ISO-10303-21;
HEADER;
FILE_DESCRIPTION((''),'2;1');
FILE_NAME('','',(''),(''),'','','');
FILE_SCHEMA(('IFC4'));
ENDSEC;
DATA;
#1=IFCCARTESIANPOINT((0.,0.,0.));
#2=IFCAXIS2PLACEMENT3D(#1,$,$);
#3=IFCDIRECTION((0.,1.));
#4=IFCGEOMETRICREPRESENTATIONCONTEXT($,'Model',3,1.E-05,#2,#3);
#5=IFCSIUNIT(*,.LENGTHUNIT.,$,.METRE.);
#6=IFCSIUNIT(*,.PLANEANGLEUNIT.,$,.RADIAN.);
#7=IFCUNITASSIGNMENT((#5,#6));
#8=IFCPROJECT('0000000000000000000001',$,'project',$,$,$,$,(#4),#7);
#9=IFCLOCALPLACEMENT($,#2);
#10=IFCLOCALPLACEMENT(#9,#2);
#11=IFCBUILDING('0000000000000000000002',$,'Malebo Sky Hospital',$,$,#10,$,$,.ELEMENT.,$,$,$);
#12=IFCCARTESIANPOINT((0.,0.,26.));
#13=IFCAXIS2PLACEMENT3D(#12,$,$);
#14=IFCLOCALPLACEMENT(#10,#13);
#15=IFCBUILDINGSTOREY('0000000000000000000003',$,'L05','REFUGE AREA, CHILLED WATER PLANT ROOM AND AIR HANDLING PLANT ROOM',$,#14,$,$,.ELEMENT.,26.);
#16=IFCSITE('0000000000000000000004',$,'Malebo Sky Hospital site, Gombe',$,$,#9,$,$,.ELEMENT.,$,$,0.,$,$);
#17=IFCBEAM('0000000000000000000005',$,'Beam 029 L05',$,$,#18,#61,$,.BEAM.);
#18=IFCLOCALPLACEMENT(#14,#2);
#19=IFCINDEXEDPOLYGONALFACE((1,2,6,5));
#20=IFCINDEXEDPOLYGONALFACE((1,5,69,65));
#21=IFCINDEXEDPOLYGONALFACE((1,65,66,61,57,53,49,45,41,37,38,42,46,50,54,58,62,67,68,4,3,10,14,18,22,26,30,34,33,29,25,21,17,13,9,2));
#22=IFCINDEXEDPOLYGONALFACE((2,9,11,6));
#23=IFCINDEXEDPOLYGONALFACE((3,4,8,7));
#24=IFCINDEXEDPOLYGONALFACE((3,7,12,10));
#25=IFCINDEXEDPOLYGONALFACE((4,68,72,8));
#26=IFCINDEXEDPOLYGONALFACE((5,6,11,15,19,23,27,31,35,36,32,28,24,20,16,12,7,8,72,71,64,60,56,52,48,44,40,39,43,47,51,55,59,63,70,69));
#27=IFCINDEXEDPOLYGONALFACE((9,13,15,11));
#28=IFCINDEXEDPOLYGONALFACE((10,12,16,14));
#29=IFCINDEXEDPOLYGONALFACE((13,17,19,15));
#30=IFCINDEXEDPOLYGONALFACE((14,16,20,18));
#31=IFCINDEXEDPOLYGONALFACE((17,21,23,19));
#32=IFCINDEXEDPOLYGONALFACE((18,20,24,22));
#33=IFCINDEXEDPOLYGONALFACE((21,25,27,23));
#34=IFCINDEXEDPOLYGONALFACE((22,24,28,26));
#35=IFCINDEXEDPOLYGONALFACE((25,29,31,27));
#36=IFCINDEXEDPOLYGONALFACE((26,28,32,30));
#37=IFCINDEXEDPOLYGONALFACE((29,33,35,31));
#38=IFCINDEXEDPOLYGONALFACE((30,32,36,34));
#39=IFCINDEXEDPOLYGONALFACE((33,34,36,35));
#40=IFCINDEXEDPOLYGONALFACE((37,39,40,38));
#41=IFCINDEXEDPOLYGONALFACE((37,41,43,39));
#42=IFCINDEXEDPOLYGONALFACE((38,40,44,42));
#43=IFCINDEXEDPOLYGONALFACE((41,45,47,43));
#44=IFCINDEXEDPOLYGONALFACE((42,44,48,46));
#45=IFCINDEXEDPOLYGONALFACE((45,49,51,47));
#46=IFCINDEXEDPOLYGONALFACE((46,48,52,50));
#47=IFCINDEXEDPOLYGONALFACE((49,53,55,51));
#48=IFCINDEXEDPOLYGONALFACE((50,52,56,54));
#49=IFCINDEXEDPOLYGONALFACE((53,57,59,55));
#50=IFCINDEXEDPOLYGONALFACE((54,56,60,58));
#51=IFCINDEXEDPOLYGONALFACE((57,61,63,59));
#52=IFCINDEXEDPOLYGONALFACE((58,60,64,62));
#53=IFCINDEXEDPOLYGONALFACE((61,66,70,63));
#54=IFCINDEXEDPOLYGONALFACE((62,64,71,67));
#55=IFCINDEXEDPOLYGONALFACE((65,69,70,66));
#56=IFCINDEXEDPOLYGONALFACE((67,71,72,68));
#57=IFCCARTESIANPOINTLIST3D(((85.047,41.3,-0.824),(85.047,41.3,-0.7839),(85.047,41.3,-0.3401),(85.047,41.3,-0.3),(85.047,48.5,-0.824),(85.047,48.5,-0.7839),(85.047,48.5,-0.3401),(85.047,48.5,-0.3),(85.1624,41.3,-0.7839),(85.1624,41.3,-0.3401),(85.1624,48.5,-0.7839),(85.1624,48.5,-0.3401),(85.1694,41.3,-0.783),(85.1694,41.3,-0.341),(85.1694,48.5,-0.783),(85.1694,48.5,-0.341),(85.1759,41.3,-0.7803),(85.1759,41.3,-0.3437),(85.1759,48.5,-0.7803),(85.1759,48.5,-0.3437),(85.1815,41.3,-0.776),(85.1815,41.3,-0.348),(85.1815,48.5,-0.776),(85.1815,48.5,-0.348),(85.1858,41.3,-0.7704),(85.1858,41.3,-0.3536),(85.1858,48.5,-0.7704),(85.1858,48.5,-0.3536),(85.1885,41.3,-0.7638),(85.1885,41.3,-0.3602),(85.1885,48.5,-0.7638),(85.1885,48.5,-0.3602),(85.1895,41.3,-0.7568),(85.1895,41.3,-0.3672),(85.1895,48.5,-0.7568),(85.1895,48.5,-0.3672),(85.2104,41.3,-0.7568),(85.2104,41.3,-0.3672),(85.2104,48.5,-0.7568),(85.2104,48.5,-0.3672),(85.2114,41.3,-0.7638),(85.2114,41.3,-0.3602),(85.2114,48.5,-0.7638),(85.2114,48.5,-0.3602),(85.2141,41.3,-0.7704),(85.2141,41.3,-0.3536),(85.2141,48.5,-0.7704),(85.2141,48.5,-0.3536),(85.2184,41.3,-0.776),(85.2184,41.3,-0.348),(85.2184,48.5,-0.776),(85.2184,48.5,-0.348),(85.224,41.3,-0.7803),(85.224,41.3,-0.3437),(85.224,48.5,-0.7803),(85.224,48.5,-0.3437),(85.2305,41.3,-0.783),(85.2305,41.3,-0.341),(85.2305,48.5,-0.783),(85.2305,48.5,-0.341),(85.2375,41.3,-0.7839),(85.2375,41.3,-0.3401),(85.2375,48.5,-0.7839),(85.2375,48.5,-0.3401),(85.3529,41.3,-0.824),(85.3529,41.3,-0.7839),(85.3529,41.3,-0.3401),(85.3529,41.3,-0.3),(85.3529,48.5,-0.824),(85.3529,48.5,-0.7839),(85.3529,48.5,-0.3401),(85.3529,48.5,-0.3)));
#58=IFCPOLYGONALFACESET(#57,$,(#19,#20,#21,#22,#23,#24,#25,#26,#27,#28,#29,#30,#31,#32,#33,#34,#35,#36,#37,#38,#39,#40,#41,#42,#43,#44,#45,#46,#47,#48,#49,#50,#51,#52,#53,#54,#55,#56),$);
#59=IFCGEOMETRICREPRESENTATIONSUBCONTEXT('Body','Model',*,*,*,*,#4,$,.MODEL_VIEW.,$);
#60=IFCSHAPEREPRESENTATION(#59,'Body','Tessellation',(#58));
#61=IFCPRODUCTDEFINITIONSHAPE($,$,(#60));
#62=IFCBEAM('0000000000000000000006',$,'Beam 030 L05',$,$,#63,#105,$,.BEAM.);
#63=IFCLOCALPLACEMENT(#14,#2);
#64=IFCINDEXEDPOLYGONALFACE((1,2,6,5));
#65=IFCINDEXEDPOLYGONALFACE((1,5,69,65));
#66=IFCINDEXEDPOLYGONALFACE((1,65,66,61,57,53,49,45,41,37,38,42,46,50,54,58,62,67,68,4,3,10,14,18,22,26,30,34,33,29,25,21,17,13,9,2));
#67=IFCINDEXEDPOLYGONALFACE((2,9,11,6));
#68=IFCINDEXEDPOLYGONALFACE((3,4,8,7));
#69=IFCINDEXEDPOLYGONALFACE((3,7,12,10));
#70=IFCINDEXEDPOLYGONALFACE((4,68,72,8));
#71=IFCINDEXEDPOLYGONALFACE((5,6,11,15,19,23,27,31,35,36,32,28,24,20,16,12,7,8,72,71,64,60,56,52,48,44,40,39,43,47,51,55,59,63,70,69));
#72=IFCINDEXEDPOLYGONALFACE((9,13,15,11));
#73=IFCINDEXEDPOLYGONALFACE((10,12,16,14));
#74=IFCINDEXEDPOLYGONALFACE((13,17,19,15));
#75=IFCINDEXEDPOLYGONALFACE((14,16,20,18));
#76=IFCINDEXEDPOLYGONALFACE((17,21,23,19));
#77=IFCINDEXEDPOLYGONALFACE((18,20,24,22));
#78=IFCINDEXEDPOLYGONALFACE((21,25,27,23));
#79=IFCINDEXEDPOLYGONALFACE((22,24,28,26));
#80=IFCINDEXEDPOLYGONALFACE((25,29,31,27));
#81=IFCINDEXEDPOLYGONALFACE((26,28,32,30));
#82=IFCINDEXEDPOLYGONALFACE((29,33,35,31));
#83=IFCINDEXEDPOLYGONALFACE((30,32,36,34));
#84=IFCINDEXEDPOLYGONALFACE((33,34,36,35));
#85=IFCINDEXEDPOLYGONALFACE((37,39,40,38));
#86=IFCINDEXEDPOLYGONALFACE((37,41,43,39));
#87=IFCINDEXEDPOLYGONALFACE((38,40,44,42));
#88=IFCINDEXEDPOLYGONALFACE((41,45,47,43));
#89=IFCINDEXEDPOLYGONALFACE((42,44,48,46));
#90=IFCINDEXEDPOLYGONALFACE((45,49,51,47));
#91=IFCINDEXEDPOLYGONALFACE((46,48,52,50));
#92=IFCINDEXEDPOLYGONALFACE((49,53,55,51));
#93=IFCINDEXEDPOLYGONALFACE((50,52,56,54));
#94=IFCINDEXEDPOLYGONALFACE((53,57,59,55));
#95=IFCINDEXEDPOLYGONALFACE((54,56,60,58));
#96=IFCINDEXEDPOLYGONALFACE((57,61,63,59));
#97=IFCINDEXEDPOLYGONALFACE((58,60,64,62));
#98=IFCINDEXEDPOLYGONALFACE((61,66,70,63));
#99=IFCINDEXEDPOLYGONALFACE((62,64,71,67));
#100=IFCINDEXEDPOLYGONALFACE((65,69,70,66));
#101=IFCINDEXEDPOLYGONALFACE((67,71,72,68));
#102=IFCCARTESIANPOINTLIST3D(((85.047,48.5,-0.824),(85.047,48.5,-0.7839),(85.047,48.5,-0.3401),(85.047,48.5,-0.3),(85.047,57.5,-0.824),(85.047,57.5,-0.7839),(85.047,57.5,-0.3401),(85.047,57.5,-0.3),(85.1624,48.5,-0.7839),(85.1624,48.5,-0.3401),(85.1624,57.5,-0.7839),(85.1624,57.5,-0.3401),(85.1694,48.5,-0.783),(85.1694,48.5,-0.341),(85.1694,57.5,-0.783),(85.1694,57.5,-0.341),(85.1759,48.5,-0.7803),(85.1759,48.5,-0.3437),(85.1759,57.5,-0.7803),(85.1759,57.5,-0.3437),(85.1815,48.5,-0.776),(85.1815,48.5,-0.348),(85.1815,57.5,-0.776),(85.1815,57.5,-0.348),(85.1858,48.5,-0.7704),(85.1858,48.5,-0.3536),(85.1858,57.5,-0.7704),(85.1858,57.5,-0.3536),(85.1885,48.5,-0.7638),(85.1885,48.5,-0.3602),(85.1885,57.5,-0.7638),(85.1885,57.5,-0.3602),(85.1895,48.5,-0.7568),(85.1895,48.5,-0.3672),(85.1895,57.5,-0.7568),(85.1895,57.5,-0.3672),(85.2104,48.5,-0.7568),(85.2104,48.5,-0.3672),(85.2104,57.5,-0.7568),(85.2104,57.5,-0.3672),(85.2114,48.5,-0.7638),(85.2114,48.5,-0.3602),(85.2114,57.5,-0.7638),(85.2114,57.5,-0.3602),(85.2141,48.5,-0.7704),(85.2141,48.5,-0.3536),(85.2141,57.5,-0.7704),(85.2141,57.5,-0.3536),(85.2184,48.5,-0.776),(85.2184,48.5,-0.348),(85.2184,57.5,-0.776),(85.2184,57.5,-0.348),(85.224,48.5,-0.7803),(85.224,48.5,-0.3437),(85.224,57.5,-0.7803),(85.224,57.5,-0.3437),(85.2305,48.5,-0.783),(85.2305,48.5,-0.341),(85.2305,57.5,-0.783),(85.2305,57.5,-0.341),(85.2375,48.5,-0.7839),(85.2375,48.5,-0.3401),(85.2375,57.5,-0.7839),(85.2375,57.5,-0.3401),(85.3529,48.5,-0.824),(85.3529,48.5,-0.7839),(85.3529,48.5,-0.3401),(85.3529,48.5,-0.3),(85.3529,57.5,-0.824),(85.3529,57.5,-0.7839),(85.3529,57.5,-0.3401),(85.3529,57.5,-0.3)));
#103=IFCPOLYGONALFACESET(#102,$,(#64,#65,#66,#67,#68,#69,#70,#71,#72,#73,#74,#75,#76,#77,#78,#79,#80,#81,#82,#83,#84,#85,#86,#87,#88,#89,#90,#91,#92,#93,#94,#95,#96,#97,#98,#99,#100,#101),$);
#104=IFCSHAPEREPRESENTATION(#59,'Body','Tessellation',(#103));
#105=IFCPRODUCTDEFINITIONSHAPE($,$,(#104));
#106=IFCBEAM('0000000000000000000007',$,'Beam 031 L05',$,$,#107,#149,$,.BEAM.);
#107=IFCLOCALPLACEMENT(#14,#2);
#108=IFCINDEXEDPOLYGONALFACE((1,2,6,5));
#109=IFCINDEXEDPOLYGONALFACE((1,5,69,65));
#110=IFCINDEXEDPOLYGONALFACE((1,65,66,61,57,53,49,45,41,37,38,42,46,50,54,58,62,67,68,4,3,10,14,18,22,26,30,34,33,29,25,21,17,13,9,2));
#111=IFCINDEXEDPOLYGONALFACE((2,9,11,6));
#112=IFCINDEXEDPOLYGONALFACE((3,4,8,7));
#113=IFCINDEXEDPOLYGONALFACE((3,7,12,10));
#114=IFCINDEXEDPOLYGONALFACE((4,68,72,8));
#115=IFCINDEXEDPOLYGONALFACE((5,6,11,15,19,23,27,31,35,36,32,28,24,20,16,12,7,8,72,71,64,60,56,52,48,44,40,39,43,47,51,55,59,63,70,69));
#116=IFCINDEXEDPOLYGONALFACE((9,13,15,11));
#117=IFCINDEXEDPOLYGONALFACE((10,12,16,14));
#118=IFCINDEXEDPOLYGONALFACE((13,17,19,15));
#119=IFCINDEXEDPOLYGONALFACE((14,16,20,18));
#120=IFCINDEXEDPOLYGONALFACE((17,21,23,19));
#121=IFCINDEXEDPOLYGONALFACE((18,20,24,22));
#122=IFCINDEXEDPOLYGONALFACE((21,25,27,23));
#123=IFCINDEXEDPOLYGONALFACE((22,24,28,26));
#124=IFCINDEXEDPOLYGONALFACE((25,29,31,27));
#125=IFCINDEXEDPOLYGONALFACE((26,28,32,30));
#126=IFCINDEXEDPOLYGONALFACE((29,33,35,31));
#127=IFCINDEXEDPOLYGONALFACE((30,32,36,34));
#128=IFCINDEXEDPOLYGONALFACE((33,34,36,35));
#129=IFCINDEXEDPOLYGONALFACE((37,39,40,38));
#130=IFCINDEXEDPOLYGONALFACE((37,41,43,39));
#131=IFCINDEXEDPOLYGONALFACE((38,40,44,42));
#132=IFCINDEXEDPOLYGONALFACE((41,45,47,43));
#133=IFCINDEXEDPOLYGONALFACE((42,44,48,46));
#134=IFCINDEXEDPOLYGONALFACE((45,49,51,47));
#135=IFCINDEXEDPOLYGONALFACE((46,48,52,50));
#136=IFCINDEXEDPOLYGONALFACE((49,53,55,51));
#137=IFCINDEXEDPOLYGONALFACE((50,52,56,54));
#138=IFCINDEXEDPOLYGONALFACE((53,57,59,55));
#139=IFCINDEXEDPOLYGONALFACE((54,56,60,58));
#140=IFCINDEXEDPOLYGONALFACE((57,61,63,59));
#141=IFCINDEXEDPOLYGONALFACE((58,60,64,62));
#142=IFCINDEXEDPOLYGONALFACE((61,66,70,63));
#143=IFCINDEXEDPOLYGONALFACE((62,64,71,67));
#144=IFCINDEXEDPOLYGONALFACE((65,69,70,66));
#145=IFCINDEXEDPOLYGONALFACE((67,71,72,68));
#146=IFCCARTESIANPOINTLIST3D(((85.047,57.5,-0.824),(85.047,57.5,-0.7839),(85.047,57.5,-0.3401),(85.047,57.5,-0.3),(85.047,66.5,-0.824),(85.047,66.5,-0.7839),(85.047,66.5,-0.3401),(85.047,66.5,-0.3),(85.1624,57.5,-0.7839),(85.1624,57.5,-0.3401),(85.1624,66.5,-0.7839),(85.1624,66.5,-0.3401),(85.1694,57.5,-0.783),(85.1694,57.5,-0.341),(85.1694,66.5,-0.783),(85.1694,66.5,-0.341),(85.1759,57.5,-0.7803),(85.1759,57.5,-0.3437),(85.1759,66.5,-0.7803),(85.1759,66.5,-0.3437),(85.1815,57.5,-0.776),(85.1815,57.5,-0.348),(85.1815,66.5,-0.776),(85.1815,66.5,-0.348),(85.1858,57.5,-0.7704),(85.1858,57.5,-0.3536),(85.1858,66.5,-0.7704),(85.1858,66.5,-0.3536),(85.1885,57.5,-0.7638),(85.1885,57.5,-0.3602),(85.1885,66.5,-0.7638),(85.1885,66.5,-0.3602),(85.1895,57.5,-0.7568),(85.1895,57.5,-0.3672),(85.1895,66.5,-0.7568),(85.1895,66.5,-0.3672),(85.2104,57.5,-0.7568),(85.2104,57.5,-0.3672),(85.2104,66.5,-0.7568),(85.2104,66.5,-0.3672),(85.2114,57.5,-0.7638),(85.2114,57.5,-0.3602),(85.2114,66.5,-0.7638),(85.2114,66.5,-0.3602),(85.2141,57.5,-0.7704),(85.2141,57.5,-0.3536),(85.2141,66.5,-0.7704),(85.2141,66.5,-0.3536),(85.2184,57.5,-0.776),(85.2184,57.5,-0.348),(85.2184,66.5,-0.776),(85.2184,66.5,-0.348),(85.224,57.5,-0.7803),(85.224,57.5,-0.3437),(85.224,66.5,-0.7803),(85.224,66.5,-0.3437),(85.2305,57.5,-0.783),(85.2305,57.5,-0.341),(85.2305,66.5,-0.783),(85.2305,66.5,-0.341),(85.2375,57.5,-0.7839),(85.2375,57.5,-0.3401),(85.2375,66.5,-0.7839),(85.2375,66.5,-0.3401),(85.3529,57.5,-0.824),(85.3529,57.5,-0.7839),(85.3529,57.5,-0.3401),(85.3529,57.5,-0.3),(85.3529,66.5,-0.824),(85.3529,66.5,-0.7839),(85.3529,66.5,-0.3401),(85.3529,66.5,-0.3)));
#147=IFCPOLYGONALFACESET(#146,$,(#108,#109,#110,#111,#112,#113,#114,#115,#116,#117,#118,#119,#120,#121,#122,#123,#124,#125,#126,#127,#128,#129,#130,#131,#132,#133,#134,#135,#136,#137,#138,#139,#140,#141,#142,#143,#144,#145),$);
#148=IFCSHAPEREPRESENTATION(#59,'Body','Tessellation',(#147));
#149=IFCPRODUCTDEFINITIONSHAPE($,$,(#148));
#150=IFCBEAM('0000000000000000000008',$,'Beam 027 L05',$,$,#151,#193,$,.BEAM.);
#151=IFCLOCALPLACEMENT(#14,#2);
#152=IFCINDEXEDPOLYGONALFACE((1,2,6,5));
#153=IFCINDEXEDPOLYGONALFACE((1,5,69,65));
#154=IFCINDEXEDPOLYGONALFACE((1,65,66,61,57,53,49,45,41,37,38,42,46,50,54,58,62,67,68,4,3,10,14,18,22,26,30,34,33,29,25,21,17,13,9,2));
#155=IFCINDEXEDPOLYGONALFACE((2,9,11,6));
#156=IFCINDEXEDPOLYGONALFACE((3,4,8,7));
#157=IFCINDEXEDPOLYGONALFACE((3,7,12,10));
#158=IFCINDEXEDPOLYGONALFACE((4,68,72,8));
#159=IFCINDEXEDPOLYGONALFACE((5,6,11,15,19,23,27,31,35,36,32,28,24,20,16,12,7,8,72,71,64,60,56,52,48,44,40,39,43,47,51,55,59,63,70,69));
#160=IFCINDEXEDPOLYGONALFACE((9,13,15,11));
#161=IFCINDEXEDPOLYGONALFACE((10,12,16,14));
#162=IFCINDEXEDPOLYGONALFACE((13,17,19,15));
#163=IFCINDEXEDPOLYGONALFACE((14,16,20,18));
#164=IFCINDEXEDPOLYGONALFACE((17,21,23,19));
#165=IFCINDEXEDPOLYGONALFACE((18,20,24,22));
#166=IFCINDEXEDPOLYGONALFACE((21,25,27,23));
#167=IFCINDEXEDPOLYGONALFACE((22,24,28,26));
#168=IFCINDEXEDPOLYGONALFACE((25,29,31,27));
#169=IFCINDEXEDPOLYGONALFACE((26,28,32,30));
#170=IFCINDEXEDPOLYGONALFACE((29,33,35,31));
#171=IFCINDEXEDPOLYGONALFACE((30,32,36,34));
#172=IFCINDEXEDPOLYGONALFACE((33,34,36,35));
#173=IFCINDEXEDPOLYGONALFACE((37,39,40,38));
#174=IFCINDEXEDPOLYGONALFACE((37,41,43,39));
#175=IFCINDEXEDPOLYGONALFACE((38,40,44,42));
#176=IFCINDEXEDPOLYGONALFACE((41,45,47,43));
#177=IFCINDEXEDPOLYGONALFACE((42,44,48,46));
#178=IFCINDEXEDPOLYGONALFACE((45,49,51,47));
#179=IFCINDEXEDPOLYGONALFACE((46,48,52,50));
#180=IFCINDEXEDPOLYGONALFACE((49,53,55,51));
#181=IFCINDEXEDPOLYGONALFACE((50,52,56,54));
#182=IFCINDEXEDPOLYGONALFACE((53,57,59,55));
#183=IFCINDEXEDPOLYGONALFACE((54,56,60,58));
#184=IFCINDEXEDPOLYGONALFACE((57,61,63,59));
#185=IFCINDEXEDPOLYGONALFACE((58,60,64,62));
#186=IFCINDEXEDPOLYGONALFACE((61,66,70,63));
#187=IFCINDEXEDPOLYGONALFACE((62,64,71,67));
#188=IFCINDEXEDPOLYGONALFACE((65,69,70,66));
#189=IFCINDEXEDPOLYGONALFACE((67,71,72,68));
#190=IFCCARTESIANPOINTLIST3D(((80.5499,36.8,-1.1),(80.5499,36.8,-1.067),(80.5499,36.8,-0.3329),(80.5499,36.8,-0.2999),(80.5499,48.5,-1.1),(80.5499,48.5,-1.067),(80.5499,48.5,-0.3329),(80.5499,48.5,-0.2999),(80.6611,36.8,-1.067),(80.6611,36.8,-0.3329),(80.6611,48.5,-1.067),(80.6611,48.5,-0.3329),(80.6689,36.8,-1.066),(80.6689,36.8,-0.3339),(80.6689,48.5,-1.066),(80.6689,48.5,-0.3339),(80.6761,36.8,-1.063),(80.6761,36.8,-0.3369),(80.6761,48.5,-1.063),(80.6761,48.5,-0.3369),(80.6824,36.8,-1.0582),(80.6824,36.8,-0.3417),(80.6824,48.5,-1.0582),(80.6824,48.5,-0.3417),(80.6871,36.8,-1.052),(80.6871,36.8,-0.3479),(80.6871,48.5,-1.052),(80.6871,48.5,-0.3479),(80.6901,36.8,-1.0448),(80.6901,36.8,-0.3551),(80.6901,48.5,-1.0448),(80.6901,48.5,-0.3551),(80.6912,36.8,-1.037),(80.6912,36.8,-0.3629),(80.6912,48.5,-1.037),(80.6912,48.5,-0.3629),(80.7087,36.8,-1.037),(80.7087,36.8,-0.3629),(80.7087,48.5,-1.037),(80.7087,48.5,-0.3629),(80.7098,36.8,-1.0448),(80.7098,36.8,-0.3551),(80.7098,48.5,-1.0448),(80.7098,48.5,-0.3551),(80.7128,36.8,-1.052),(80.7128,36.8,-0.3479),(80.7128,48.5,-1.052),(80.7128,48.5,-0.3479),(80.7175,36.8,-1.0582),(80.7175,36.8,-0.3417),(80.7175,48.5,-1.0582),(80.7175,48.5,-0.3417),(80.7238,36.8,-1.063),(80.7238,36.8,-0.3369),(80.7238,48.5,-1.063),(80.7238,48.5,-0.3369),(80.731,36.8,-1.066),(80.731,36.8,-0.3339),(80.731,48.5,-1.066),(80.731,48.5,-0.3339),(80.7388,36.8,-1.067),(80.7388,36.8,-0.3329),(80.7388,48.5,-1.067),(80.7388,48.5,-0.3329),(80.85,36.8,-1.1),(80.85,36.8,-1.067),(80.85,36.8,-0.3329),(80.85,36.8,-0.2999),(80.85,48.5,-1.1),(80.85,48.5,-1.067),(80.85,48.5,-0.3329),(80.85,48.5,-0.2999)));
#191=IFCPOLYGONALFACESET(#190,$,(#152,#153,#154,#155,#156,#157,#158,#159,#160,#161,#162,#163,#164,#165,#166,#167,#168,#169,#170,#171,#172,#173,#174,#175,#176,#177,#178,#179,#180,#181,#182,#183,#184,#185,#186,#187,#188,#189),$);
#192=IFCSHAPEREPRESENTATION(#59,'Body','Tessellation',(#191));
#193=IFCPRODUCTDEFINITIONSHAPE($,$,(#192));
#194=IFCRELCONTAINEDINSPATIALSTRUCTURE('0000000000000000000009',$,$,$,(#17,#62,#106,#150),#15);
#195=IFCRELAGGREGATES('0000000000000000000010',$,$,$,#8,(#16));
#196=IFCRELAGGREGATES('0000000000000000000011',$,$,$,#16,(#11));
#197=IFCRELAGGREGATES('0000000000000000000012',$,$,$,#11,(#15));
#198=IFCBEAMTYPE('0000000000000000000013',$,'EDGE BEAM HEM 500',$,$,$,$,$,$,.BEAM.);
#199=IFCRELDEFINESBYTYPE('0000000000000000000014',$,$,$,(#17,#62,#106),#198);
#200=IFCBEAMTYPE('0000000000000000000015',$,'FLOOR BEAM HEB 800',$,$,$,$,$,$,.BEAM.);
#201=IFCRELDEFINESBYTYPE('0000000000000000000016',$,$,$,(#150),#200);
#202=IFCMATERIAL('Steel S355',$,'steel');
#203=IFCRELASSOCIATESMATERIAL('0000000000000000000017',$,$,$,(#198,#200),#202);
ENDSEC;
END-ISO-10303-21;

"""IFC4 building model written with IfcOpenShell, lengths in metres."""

from ifc_helpers import new_model, si_unit, direction, frame, origin, origin_2d, place, context, subcontext, project, spatial, i_section, extrude, material, material_profile, profile_set, type_object, element, save


model = new_model("IFC4")

# Units and contexts
model_context = context("Model", 3, precision=1e-05, world=origin(), true_north=direction((0.0, 1.0)))
body_context = subcontext(model_context, "Body", "Model", "MODEL_VIEW")
ifc_project = project(units=[si_unit("LENGTHUNIT", "METRE"), si_unit("PLANEANGLEUNIT", "RADIAN")], contexts=[model_context])

# Site, building, storey
site_placement = place(None, origin())
site = spatial("IfcSite", under=ifc_project, at=site_placement, Name="Malebo Sky Hospital site, Gombe", CompositionType="ELEMENT", RefElevation=0.0)
building_placement = place(site_placement, origin())
building = spatial("IfcBuilding", under=site, at=building_placement, Name="Malebo Sky Hospital", CompositionType="ELEMENT")
storey_placement = place(building_placement, frame((0.0, 0.0, 26.0)))
storey = spatial("IfcBuildingStorey", under=building, at=storey_placement, Name="L05", Description="REFUGE AREA, CHILLED WATER PLANT ROOM AND AIR HANDLING PLANT ROOM", CompositionType="ELEMENT", Elevation=26.0)

# Beams
ifc_material_1 = material(Name="Steel S355", Category="steel")
ifc_material_profile_1 = material_profile(ifc_material_1, i_section(OverallWidth=0.3059, OverallDepth=0.5239, WebThickness=0.021, FlangeThickness=0.04, FilletRadius=0.0271, at=origin_2d()), Name="HEM 500")
ifc_profile_set_1 = profile_set([ifc_material_profile_1], Name="Steel S355")
beam_type_1 = type_object("IfcBeamType", Name="EDGE BEAM HEM 500", PredefinedType="BEAM", material=ifc_profile_set_1)
beam_1_placement = place(storey_placement, frame((85.2, 41.3, -0.562), z_axis=(0.0, 1.0, 0.0), x_axis=(-1.0, 0.0, 0.0)))
element("IfcBeam", 1, at=beam_1_placement, inside=storey, type_object=beam_type_1, Name="Beam 029 L05", PredefinedType="BEAM", context=body_context, shape_type="SweptSolid", body=[
    extrude(i_section(OverallWidth=0.3059, OverallDepth=0.5239, WebThickness=0.021, FlangeThickness=0.04, FilletRadius=0.0271, at=origin_2d()), origin(), (0.0, 0.0, 1.0), 7.2),
])
for number, where, z_axis, x_axis, name in (
    (2, (85.2, 48.5, -0.562), (0.0, 1.0, 0.0), (-1.0, 0.0, 0.0), "Beam 030 L05"),
    (3, (85.2, 57.5, -0.562), (0.0, 1.0, 0.0), (-1.0, 0.0, 0.0), "Beam 031 L05"),
):
    element("IfcBeam", number, at=place(storey_placement, frame(where, z_axis=z_axis, x_axis=x_axis)), inside=storey, type_object=beam_type_1, Name=name, PredefinedType="BEAM", context=body_context, shape_type="SweptSolid", body=[
        extrude(i_section(OverallWidth=0.3059, OverallDepth=0.5239, WebThickness=0.021, FlangeThickness=0.04, FilletRadius=0.0271, at=origin_2d()), origin(), (0.0, 0.0, 1.0), 9.0),
    ])
ifc_material_profile_2 = material_profile(ifc_material_1, i_section(OverallWidth=0.3, OverallDepth=0.8, WebThickness=0.0176, FlangeThickness=0.033, FilletRadius=0.03, at=origin_2d()), Name="HEB 800")
ifc_profile_set_2 = profile_set([ifc_material_profile_2], Name="Steel S355")
beam_type_2 = type_object("IfcBeamType", Name="FLOOR BEAM HEB 800", PredefinedType="BEAM", material=ifc_profile_set_2)
beam_2_placement = place(storey_placement, frame((80.7, 36.8, -0.7), z_axis=(0.0, 1.0, 0.0), x_axis=(-1.0, 0.0, 0.0)))
element("IfcBeam", 4, at=beam_2_placement, inside=storey, type_object=beam_type_2, Name="Beam 027 L05", PredefinedType="BEAM", context=body_context, shape_type="SweptSolid", body=[
    extrude(i_section(OverallWidth=0.3, OverallDepth=0.8, WebThickness=0.0176, FlangeThickness=0.033, FilletRadius=0.03, at=origin_2d()), origin(), (0.0, 0.0, 1.0), 11.7),
])

save(model, "model.ifc")
